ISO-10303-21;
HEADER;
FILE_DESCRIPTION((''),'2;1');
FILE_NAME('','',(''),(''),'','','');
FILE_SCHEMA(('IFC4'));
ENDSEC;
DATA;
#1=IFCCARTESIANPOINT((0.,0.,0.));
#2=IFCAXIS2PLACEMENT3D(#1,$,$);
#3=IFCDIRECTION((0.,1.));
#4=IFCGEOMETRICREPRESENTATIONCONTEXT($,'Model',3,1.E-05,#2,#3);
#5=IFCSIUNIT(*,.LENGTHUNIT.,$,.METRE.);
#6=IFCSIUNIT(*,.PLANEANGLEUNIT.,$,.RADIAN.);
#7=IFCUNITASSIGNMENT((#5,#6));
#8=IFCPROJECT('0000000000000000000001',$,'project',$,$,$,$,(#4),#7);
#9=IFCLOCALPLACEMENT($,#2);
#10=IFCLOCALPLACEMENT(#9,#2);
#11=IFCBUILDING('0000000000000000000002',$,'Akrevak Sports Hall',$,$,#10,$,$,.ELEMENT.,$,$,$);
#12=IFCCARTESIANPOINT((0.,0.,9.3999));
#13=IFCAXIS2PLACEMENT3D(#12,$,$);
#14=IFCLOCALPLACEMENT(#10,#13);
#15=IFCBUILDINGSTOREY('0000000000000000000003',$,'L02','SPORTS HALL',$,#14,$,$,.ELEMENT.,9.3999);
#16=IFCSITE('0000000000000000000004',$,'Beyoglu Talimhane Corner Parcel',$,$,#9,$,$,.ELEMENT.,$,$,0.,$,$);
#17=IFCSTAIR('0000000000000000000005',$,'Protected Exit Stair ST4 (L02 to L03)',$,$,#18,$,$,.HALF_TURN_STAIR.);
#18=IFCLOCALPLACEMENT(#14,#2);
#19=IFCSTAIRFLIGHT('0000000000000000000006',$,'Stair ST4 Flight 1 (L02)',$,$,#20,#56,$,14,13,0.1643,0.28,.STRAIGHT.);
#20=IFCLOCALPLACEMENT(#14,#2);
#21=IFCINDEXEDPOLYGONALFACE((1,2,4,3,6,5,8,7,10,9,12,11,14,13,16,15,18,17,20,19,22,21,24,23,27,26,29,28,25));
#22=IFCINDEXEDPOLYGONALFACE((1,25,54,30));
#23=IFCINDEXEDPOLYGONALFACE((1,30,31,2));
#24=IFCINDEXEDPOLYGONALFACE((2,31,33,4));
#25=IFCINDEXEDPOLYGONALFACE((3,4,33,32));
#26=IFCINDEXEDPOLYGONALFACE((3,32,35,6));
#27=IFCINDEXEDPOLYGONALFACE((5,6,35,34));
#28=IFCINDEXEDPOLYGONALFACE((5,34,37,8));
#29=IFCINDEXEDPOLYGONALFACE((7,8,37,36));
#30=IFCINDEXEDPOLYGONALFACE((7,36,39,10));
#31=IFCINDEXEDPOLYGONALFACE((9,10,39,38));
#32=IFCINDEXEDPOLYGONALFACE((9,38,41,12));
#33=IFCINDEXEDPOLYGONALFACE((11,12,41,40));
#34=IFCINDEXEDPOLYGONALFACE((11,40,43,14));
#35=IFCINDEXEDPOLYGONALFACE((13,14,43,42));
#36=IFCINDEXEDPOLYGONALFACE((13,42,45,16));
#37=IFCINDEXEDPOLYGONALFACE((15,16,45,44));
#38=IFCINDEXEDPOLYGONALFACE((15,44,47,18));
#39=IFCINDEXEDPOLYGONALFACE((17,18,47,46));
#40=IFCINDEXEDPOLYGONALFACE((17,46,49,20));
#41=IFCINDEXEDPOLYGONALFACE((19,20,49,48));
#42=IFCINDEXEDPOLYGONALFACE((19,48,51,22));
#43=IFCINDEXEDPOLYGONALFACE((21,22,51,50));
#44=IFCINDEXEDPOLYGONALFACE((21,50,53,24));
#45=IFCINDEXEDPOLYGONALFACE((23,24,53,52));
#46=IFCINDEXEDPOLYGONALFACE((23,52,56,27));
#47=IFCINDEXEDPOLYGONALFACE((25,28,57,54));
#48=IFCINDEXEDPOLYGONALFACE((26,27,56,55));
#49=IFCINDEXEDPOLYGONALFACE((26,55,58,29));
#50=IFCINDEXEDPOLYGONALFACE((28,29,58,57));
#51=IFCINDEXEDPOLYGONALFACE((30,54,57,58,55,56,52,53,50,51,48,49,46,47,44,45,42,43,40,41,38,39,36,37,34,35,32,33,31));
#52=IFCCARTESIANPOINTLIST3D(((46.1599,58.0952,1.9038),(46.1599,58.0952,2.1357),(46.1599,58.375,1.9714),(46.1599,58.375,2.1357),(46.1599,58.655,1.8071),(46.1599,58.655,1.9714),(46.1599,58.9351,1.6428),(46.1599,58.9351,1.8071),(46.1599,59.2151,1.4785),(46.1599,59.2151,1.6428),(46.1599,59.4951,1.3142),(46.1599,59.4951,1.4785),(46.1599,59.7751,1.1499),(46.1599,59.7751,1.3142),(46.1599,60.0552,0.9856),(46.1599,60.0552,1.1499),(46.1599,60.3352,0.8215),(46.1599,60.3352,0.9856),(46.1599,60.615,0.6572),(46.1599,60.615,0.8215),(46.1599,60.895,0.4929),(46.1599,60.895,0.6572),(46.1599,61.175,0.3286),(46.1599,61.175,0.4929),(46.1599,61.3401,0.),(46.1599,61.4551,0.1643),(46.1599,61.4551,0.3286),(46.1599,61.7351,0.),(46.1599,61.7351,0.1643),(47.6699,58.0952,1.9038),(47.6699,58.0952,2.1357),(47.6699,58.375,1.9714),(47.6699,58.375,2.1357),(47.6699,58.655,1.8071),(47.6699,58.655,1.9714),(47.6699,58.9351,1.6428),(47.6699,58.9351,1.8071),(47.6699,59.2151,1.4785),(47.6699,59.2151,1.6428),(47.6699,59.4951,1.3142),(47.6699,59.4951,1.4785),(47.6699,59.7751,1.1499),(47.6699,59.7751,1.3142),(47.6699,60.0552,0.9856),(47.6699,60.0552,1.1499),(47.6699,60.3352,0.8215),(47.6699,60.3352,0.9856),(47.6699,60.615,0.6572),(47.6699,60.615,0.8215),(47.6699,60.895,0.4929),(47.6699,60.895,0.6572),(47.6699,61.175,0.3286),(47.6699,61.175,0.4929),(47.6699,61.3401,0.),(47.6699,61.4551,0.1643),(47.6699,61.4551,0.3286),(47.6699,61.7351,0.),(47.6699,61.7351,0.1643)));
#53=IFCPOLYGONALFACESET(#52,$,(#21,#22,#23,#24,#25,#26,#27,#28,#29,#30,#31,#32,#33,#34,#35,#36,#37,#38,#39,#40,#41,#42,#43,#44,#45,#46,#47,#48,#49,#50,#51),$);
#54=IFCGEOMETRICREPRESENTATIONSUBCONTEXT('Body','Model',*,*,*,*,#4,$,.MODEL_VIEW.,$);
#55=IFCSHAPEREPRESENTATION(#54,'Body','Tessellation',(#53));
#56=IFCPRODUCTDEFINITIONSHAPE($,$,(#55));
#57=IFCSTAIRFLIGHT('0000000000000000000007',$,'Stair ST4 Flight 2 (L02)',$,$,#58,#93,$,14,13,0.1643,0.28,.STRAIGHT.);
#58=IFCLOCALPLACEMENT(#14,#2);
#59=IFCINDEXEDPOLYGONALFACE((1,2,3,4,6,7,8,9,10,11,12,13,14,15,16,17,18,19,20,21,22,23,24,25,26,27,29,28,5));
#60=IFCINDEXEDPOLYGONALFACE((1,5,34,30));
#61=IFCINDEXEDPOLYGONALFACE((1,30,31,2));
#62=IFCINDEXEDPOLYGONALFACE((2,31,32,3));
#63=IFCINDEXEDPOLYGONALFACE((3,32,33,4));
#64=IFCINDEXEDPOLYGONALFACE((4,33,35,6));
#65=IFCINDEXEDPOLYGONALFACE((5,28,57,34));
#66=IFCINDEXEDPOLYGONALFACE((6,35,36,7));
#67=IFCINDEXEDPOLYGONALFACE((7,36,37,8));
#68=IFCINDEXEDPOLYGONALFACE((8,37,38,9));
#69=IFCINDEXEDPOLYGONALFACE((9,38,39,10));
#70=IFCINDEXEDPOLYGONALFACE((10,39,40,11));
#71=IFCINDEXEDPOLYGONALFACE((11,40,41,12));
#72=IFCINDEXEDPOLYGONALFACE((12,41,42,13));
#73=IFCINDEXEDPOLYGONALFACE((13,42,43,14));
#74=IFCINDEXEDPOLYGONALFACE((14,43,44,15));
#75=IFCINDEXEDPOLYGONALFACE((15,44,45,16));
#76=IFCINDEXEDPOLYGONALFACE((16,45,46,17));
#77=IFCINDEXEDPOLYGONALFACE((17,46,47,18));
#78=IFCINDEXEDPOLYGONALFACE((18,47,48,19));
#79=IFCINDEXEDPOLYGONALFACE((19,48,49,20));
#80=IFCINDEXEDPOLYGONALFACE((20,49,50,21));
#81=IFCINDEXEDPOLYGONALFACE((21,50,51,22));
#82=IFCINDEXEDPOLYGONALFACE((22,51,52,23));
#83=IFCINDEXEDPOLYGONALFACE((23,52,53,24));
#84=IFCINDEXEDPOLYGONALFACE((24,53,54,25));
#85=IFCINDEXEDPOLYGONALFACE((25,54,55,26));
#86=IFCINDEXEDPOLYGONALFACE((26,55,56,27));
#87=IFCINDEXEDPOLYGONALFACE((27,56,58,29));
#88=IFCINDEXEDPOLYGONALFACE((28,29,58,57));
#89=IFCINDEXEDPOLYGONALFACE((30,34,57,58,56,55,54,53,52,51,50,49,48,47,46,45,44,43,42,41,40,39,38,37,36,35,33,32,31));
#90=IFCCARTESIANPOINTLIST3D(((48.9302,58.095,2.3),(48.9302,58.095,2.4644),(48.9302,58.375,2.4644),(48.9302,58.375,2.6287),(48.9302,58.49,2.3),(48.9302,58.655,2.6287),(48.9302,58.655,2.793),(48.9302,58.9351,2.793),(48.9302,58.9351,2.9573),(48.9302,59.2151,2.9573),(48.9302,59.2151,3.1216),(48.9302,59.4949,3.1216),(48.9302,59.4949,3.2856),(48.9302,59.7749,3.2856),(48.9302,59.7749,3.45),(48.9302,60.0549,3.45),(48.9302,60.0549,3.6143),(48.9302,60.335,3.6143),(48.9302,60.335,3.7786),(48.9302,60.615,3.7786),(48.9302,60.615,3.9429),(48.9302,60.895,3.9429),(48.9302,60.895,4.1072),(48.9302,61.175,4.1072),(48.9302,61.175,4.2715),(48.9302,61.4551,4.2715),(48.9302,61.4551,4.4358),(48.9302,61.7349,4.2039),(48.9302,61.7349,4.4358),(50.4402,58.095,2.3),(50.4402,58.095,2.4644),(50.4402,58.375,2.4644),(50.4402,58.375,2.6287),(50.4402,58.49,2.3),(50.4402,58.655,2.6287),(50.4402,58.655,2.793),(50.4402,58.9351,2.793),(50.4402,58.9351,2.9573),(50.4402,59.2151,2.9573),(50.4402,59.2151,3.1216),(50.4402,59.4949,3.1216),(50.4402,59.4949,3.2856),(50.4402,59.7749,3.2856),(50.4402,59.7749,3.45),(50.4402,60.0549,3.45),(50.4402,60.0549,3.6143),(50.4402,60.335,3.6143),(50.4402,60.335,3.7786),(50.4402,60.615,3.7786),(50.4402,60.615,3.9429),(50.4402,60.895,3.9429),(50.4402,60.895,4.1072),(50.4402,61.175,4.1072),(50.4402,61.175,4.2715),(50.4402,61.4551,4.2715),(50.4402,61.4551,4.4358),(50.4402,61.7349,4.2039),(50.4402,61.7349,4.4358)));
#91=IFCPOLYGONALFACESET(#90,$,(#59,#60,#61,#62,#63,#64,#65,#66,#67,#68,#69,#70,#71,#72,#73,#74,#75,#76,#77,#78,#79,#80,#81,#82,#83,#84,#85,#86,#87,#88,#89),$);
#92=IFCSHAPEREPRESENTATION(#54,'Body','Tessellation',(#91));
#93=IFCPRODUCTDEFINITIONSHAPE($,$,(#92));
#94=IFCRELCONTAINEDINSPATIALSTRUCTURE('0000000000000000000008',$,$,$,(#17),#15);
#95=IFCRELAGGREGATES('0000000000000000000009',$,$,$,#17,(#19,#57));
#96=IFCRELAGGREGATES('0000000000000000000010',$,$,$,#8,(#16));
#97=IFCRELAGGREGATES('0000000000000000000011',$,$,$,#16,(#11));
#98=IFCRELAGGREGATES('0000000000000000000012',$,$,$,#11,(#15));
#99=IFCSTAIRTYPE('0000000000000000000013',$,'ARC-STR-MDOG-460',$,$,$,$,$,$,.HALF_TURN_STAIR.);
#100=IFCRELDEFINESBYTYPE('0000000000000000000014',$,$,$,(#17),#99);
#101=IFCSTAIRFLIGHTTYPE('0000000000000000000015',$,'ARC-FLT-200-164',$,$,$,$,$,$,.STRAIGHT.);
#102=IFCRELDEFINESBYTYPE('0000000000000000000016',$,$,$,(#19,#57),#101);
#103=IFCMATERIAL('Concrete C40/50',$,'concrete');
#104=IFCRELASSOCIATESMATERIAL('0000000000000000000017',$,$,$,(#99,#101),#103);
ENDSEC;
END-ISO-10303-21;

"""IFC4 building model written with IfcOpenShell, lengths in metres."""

from ifc_helpers import new_model, si_unit, direction, frame, origin, place, context, subcontext, project, spatial, polyline, outline, extrude, material, type_object, element, aggregate, save


model = new_model("IFC4")

# Units and contexts
model_context = context("Model", 3, precision=1e-05, world=origin(), true_north=direction((0.0, 1.0)))
body_context = subcontext(model_context, "Body", "Model", "MODEL_VIEW")
ifc_project = project(units=[si_unit("LENGTHUNIT", "METRE"), si_unit("PLANEANGLEUNIT", "RADIAN")], contexts=[model_context])

# Site, building, storey
site_placement = place(None, origin())
site = spatial("IfcSite", under=ifc_project, at=site_placement, Name="Beyoglu Talimhane Corner Parcel", CompositionType="ELEMENT", RefElevation=0.0)
building_placement = place(site_placement, origin())
building = spatial("IfcBuilding", under=site, at=building_placement, Name="Akrevak Sports Hall", CompositionType="ELEMENT")
storey_placement = place(building_placement, frame((0.0, 0.0, 9.3999)))
storey = spatial("IfcBuildingStorey", under=building, at=storey_placement, Name="L02", Description="SPORTS HALL", CompositionType="ELEMENT", Elevation=9.3999)

# Shared definitions
ifc_material_1 = material(Name="Concrete C40/50", Category="concrete")

# Stair, stair flights
stair_type = type_object("IfcStairType", Name="ARC-STR-MDOG-460", PredefinedType="HALF_TURN_STAIR", material=ifc_material_1)
stair_placement = place(storey_placement, origin())
stair = element("IfcStair", 1, at=stair_placement, inside=storey, type_object=stair_type, Name="Protected Exit Stair ST4 (L02 to L03)", PredefinedType="HALF_TURN_STAIR")
stair_flight_type = type_object("IfcStairFlightType", Name="ARC-FLT-200-164", PredefinedType="STRAIGHT", material=ifc_material_1)
stair_flight_1_placement = place(storey_placement, frame((46.915, 61.7351, 0.0), z_axis=(0.0, 0.0, 1.0), x_axis=(0.0, -1.0, 0.0)))
stair_flight_1 = element("IfcStairFlight", 2, at=stair_flight_1_placement, type_object=stair_flight_type, Name="Stair ST4 Flight 1 (L02)", NumberOfRisers=14, NumberOfTreads=13, PredefinedType="STRAIGHT", RiserHeight=0.1643, TreadLength=0.28, context=body_context, shape_type="SweptSolid", body=[
    extrude(outline(polyline([(0.0, 0.0), (0.0, 0.1643), (0.28, 0.1643), (0.28, 0.3286), (0.5601, 0.3286), (0.5601, 0.4929), (0.8401, 0.4929), (0.8401, 0.6572), (1.1201, 0.6572), (1.1201, 0.8215), (1.3999, 0.8215), (1.3999, 0.9856), (1.6799, 0.9856), (1.6799, 1.1499), (1.96, 1.1499), (1.96, 1.3142), (2.24, 1.3142), (2.24, 1.4785), (2.52, 1.4785), (2.52, 1.6428), (2.8, 1.6428), (2.8, 1.8071), (3.0801, 1.8071), (3.0801, 1.9714), (3.3601, 1.9714), (3.3601, 2.1357), (3.6399, 2.1357), (3.6399, 2.3), (3.6399, 1.9038), (0.395, 0.0), (0.0, 0.0)])), frame((0.0, 0.7549, 0.0), z_axis=(0.0, -1.0, 0.0), x_axis=(1.0, 0.0, 0.0)), (0.0, 0.0, 1.0), 1.51),
])
stair_flight_2_placement = place(storey_placement, frame((49.6851, 58.095, 2.3), z_axis=(0.0, 0.0, 1.0), x_axis=(0.0, 1.0, 0.0)))
stair_flight_2 = element("IfcStairFlight", 3, at=stair_flight_2_placement, type_object=stair_flight_type, Name="Stair ST4 Flight 2 (L02)", NumberOfRisers=14, NumberOfTreads=13, PredefinedType="STRAIGHT", RiserHeight=0.1643, TreadLength=0.28, context=body_context, shape_type="SweptSolid", body=[
    extrude(outline(polyline([(0.0, 0.0), (0.0, 0.1643), (0.28, 0.1643), (0.28, 0.3286), (0.5601, 0.3286), (0.5601, 0.4929), (0.8401, 0.4929), (0.8401, 0.6572), (1.1201, 0.6572), (1.1201, 0.8215), (1.3999, 0.8215), (1.3999, 0.9856), (1.6799, 0.9856), (1.6799, 1.1499), (1.96, 1.1499), (1.96, 1.3142), (2.24, 1.3142), (2.24, 1.4785), (2.52, 1.4785), (2.52, 1.6428), (2.8, 1.6428), (2.8, 1.8071), (3.0801, 1.8071), (3.0801, 1.9714), (3.3601, 1.9714), (3.3601, 2.1357), (3.6399, 2.1357), (3.6399, 2.3), (3.6399, 1.9038), (0.395, 0.0), (0.0, 0.0)])), frame((0.0, 0.7549, 0.0), z_axis=(0.0, -1.0, 0.0), x_axis=(1.0, 0.0, 0.0)), (0.0, 0.0, 1.0), 1.51),
])
aggregate(stair, [stair_flight_1, stair_flight_2])

save(model, "model.ifc")
